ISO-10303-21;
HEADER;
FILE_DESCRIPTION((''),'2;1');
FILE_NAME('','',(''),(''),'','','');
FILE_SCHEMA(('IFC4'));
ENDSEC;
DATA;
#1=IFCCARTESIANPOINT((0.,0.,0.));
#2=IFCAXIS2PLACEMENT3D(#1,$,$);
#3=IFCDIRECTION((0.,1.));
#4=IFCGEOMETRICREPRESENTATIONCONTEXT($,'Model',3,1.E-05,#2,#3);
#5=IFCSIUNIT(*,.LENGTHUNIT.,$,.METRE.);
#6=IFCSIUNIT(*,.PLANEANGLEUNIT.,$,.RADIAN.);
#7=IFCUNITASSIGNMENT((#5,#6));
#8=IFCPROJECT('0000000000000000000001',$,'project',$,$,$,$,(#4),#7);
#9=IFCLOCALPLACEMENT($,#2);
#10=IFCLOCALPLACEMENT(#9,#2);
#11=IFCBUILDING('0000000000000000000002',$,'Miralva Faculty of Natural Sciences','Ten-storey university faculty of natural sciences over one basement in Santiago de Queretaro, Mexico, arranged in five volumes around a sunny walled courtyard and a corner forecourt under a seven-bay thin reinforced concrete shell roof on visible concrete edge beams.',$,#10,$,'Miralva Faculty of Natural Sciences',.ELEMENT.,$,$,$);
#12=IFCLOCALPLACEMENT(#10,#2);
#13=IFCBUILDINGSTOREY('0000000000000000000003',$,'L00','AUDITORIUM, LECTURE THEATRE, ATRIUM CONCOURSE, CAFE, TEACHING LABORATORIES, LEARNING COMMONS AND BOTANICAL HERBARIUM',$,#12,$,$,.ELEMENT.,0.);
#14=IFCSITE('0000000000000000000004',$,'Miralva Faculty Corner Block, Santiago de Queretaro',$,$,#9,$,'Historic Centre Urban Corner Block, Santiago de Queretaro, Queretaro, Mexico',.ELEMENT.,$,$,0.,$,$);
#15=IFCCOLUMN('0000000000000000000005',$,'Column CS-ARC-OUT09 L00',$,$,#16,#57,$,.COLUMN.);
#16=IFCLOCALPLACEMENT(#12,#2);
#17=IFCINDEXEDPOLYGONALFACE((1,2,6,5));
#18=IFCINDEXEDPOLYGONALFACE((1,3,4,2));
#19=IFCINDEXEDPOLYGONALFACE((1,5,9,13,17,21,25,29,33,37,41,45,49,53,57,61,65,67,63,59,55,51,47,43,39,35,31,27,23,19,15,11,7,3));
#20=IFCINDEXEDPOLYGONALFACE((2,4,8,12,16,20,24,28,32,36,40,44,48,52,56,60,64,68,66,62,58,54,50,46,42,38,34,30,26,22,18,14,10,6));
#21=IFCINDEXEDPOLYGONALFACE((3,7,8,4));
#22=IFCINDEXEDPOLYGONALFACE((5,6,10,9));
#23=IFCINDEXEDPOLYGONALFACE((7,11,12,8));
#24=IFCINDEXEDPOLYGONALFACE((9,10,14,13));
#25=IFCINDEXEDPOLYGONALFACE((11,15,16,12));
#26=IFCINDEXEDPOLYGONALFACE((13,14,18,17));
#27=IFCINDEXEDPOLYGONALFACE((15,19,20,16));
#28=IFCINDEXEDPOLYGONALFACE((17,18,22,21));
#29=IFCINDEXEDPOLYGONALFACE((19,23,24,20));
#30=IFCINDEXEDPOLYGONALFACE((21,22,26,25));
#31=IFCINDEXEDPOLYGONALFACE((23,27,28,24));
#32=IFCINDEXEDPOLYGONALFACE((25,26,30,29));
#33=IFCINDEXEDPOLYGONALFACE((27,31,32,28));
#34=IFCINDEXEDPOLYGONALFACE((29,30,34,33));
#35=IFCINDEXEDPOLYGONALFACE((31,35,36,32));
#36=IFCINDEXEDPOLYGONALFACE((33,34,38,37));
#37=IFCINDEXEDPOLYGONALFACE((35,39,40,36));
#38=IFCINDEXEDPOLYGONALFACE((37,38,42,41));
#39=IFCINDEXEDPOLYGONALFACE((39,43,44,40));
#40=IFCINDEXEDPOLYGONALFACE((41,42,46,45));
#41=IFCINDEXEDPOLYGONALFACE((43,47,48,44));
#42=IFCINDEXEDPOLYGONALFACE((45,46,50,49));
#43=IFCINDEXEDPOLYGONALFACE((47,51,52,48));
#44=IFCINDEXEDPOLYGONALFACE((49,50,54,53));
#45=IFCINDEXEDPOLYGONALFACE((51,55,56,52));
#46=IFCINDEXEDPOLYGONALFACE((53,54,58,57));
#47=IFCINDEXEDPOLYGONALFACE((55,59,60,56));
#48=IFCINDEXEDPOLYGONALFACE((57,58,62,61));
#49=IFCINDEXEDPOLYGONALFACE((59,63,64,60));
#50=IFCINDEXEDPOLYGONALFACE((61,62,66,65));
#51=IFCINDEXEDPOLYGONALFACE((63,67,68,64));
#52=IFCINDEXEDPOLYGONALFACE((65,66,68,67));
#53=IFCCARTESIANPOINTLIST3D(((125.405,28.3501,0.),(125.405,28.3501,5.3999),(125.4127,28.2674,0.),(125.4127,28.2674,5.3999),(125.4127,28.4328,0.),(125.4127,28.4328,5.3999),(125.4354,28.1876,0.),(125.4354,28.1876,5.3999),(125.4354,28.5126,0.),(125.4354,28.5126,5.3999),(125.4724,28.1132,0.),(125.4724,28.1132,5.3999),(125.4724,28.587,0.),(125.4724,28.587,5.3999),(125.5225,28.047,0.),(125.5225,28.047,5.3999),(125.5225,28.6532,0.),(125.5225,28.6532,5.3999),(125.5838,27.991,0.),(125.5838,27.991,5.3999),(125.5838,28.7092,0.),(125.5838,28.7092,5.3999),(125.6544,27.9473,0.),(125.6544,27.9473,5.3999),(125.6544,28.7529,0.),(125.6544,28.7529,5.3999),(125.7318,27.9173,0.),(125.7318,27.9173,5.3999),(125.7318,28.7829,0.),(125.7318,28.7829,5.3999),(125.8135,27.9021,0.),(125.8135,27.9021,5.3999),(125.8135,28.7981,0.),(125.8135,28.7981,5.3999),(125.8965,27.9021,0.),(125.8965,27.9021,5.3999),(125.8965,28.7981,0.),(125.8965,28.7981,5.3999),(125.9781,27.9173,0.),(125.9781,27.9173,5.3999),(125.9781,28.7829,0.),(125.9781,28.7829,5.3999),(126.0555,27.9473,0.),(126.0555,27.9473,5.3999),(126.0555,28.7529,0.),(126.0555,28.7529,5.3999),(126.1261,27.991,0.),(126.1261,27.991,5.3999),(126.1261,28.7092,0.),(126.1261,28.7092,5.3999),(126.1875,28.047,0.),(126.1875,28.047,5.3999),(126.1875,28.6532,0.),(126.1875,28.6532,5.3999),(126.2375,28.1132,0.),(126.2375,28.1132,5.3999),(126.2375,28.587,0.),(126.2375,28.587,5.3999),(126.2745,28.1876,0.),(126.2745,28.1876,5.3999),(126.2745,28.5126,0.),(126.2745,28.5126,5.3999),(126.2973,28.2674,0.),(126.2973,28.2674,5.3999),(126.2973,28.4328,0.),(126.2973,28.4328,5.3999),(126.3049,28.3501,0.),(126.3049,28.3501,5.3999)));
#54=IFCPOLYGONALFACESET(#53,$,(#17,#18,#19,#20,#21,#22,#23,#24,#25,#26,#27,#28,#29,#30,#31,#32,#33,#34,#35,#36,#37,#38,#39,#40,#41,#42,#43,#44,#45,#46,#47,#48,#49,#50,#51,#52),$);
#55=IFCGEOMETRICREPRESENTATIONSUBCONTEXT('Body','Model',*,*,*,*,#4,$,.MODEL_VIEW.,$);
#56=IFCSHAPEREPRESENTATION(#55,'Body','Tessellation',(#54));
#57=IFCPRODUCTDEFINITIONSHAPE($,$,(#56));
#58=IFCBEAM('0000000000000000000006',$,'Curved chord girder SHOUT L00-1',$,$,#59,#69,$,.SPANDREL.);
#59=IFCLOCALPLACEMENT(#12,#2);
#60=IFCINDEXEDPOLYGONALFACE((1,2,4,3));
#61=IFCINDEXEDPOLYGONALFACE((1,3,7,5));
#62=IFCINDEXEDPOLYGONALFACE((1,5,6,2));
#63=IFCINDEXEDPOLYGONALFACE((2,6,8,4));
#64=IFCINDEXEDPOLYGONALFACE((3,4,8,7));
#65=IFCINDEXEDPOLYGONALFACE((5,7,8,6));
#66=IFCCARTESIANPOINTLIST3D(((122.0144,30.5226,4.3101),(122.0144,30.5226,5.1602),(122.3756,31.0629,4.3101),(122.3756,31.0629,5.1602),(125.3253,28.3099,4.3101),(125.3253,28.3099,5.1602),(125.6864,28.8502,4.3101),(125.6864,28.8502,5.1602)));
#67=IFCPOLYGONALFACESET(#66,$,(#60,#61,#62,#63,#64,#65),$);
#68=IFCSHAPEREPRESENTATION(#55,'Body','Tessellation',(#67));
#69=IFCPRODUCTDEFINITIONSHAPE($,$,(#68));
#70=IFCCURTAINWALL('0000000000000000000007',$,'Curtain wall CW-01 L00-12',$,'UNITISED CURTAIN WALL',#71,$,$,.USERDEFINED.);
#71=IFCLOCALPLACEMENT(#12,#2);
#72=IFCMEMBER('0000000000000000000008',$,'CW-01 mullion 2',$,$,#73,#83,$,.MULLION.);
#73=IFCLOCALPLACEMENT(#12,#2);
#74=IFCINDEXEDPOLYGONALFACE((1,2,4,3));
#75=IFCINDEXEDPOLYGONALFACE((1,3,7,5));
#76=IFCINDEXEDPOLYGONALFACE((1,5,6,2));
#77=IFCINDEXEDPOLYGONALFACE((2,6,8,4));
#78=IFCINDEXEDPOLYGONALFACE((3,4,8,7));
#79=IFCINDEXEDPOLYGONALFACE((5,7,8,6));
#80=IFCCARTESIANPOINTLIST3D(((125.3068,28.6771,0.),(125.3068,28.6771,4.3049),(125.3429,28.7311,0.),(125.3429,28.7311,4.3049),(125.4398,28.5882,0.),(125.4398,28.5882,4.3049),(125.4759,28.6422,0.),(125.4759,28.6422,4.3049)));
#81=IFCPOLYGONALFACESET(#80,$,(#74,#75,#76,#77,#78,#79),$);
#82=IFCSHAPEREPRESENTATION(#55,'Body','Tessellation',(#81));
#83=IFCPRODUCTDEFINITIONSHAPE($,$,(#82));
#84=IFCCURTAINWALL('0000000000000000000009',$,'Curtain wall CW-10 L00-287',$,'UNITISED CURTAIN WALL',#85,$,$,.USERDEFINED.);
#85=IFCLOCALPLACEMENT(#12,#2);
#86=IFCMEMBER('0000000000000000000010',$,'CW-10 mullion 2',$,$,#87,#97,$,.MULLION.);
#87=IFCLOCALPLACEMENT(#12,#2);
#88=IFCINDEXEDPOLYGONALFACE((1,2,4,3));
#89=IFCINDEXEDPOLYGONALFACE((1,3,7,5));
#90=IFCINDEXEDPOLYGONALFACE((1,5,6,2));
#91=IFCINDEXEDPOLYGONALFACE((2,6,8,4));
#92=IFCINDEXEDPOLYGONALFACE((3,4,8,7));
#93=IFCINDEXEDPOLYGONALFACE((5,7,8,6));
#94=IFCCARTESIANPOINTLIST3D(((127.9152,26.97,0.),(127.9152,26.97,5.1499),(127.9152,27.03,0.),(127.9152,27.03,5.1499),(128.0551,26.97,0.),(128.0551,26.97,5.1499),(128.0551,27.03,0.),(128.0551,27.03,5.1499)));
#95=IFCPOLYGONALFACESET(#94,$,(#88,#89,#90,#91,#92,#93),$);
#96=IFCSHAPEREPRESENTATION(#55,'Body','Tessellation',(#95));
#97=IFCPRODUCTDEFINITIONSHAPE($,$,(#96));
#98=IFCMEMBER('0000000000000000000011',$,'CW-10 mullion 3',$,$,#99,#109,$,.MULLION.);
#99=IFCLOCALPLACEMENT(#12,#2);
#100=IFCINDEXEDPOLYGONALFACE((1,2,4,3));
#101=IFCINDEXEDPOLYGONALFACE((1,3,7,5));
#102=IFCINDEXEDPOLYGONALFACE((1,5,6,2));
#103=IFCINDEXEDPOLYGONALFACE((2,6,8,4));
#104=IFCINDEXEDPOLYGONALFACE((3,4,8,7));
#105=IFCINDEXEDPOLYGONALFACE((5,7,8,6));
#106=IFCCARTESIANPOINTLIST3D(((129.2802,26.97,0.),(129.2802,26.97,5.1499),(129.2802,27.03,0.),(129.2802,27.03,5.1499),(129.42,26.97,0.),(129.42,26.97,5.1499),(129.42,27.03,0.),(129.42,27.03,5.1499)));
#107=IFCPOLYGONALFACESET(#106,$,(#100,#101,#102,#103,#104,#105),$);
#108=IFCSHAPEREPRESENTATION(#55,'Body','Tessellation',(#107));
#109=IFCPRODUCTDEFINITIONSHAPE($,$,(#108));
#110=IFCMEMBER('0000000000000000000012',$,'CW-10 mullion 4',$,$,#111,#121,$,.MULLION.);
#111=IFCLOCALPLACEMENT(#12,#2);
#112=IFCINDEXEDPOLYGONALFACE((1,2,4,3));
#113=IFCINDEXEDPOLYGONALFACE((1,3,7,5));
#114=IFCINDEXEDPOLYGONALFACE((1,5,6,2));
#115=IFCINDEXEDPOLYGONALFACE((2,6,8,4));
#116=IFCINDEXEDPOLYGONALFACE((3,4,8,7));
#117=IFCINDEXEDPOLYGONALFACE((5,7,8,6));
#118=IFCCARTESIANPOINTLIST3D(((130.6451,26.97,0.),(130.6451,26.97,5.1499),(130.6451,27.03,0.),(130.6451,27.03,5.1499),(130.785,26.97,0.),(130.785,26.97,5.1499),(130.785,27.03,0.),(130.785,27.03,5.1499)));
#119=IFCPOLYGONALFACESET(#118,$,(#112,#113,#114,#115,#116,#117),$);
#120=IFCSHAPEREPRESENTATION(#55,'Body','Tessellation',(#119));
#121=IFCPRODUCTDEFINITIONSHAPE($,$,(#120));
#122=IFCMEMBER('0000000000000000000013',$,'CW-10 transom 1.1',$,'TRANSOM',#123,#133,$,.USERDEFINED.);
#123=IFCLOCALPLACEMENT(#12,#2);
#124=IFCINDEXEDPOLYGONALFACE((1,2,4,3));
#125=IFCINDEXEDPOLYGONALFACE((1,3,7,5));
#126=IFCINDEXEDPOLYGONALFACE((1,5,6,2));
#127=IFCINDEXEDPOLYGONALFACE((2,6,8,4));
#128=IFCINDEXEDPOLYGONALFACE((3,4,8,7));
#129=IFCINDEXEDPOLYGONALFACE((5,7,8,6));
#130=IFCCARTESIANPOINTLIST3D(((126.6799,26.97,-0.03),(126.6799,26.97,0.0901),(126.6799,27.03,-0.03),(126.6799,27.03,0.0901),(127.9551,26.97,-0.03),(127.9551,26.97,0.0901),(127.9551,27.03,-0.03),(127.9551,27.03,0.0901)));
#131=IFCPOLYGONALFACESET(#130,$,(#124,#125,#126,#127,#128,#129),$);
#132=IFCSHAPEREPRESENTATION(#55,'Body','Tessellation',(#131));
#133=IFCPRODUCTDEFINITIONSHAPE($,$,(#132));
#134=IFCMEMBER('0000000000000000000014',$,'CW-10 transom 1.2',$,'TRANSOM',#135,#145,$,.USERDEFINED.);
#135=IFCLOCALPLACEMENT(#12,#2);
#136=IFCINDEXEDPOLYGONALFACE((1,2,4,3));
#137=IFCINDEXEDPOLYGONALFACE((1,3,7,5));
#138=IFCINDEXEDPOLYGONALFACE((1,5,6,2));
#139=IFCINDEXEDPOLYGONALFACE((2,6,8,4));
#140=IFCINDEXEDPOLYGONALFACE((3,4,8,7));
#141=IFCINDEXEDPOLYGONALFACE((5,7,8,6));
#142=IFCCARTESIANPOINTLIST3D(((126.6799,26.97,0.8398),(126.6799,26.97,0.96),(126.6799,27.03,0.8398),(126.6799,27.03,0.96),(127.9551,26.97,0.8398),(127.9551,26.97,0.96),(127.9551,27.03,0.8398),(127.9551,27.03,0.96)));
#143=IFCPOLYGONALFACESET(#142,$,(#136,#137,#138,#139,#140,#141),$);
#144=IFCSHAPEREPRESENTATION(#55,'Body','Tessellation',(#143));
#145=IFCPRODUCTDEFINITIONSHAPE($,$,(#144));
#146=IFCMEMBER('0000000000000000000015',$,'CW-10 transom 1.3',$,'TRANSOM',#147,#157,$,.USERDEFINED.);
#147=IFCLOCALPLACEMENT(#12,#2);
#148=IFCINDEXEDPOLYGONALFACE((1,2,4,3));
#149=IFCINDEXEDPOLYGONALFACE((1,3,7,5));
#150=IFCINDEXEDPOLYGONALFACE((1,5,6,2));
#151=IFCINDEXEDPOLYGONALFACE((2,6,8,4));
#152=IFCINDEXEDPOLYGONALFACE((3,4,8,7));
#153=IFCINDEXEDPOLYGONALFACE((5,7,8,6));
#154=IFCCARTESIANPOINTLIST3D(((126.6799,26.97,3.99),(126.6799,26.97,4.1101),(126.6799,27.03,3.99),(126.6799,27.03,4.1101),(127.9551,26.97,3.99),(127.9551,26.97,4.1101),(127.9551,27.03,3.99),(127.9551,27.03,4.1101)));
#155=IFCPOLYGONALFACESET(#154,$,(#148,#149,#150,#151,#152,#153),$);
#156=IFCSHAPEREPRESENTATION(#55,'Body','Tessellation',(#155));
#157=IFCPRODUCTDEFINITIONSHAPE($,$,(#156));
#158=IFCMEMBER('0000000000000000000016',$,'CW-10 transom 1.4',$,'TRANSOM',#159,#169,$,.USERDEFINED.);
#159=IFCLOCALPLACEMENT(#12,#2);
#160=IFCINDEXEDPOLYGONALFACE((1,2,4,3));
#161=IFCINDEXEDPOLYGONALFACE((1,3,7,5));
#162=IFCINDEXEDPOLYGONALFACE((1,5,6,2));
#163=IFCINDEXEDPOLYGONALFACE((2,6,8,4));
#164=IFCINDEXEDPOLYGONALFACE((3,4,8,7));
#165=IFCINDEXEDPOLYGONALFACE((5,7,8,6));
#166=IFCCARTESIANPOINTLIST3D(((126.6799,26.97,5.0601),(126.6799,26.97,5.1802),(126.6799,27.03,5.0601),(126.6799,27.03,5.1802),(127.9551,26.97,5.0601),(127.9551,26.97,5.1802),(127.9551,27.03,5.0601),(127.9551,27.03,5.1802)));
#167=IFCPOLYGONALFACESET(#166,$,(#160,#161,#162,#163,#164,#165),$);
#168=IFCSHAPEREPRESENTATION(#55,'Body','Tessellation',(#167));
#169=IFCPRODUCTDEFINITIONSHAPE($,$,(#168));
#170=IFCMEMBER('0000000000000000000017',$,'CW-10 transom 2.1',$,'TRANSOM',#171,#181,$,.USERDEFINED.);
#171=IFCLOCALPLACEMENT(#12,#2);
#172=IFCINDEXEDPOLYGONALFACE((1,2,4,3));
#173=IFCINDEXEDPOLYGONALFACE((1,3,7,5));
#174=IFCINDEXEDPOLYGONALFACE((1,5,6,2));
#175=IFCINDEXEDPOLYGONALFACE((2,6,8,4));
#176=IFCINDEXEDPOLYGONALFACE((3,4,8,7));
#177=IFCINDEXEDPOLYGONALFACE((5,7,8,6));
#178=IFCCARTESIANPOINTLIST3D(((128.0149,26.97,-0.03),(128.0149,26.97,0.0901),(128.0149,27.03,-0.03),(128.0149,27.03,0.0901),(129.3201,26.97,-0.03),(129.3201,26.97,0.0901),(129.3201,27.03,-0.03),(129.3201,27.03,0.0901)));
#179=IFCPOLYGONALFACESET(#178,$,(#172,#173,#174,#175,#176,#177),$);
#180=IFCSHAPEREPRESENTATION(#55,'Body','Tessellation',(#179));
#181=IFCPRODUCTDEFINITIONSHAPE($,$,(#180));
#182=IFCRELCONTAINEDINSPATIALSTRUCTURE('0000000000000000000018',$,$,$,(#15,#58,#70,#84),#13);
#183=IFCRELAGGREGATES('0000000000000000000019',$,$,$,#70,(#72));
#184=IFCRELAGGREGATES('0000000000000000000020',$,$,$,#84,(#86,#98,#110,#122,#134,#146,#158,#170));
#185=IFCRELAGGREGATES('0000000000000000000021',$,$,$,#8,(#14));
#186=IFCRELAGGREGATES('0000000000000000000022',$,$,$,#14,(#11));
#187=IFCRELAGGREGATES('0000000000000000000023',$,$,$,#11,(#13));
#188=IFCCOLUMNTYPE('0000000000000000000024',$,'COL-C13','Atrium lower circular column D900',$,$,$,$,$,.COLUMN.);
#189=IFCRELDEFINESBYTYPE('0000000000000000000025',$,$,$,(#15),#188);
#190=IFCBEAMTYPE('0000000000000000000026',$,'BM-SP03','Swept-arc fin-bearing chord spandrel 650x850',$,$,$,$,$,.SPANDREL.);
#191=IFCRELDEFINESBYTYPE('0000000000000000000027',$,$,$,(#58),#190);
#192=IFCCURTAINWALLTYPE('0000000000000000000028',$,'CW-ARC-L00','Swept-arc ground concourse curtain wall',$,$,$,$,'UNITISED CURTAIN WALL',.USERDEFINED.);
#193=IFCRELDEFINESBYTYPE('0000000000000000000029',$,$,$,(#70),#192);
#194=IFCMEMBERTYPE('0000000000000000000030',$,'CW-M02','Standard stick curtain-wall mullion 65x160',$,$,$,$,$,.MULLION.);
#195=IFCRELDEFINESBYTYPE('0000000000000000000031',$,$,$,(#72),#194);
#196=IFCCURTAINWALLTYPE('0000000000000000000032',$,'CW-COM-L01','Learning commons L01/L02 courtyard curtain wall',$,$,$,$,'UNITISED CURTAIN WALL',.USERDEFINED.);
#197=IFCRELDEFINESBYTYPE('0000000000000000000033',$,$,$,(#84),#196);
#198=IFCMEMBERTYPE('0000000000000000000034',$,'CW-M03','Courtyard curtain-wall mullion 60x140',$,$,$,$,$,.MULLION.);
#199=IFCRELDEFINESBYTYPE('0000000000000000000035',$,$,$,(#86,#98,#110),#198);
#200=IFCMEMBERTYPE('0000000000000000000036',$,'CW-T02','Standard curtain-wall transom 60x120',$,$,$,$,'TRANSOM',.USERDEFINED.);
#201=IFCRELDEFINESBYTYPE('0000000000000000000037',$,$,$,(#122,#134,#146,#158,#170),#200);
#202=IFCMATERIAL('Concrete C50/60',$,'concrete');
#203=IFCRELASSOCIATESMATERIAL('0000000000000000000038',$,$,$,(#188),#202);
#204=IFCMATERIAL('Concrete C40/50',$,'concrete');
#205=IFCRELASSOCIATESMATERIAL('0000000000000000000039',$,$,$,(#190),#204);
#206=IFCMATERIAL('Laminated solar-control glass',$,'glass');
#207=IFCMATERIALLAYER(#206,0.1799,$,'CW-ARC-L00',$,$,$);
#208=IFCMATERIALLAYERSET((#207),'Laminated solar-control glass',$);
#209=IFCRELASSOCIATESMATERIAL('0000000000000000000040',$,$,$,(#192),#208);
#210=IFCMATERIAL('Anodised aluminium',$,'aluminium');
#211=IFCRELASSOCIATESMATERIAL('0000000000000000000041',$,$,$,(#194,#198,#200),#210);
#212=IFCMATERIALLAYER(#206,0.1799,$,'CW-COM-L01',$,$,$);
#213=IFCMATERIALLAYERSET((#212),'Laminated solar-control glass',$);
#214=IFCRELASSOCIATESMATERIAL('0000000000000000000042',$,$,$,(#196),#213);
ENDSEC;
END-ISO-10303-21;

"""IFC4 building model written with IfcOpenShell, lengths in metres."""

from ifc_helpers import new_model, si_unit, direction, frame, origin, origin_2d, place, context, subcontext, project, spatial, rectangle, circle, extrude, material, layer, layer_set, material_profile, profile_set, type_object, element, aggregate, save


model = new_model("IFC4")

# Units and contexts
model_context = context("Model", 3, precision=1e-05, world=origin(), true_north=direction((0.0, 1.0)))
body_context = subcontext(model_context, "Body", "Model", "MODEL_VIEW")
ifc_project = project(units=[si_unit("LENGTHUNIT", "METRE"), si_unit("PLANEANGLEUNIT", "RADIAN")], contexts=[model_context])

# Site, building, storey
site_placement = place(None, origin())
site = spatial("IfcSite", under=ifc_project, at=site_placement, Name="Miralva Faculty Corner Block, Santiago de Queretaro", LongName="Historic Centre Urban Corner Block, Santiago de Queretaro, Queretaro, Mexico", CompositionType="ELEMENT", RefElevation=0.0)
building_placement = place(site_placement, origin())
building = spatial("IfcBuilding", under=site, at=building_placement, Name="Miralva Faculty of Natural Sciences", Description="Ten-storey university faculty of natural sciences over one basement in Santiago de Queretaro, Mexico, arranged in five volumes around a sunny walled courtyard and a corner forecourt under a seven-bay thin reinforced concrete shell roof on visible concrete edge beams.", LongName="Miralva Faculty of Natural Sciences", CompositionType="ELEMENT")
storey_placement = place(building_placement, origin())
storey = spatial("IfcBuildingStorey", under=building, at=storey_placement, Name="L00", Description="AUDITORIUM, LECTURE THEATRE, ATRIUM CONCOURSE, CAFE, TEACHING LABORATORIES, LEARNING COMMONS AND BOTANICAL HERBARIUM", CompositionType="ELEMENT", Elevation=0.0)

# Column
ifc_material_1 = material(Name="Concrete C50/60", Category="concrete")
ifc_material_profile_1 = material_profile(ifc_material_1, circle(Radius=0.45, at=origin_2d()), Name="RC DIA 900")
ifc_profile_set_1 = profile_set([ifc_material_profile_1], Name="Concrete C50/60")
column_type = type_object("IfcColumnType", Name="COL-C13", Description="Atrium lower circular column D900", PredefinedType="COLUMN", material=ifc_profile_set_1)
column_placement = place(storey_placement, frame((125.855, 28.3501, 0.0), z_axis=(0.0, 0.0, 1.0), x_axis=(1.0, 0.0, 0.0)))
element("IfcColumn", 1, at=column_placement, inside=storey, type_object=column_type, Name="Column CS-ARC-OUT09 L00", PredefinedType="COLUMN", context=body_context, shape_type="SweptSolid", body=[
    extrude(circle(Radius=0.45, at=origin_2d()), origin(), (0.0, 0.0, 1.0), 5.3999),
])

# Beam
ifc_material_2 = material(Name="Concrete C40/50", Category="concrete")
ifc_material_profile_2 = material_profile(ifc_material_2, rectangle(XDim=0.6499, YDim=0.8501, at=origin_2d()), Name="RC 650x850")
ifc_profile_set_2 = profile_set([ifc_material_profile_2], Name="Concrete C40/50")
beam_type = type_object("IfcBeamType", Name="BM-SP03", Description="Swept-arc fin-bearing chord spandrel 650x850", PredefinedType="SPANDREL", material=ifc_profile_set_2)
beam_placement = place(storey_placement, frame((125.5059, 28.5801, 4.7351), z_axis=(-0.831418, 0.555648, 0.0), x_axis=(-0.555648, -0.831418, 0.0)))
element("IfcBeam", 2, at=beam_placement, inside=storey, type_object=beam_type, Name="Curved chord girder SHOUT L00-1", PredefinedType="SPANDREL", context=body_context, shape_type="SweptSolid", body=[
    extrude(rectangle(XDim=0.6499, YDim=0.8501, at=origin_2d()), origin(), (0.0, 0.0, 1.0), 3.9822),
])

# Curtain wall, member
ifc_material_3 = material(Name="Laminated solar-control glass", Category="glass")
ifc_layer_1 = layer(ifc_material_3, 0.1799, Name="CW-ARC-L00")
ifc_layer_set_1 = layer_set([ifc_layer_1], Name="Laminated solar-control glass")
curtain_wall_type_1 = type_object("IfcCurtainWallType", Name="CW-ARC-L00", Description="Swept-arc ground concourse curtain wall", ElementType="UNITISED CURTAIN WALL", PredefinedType="USERDEFINED", material=ifc_layer_set_1)
curtain_wall_1_placement = place(storey_placement, origin())
curtain_wall_1 = element("IfcCurtainWall", 3, at=curtain_wall_1_placement, inside=storey, type_object=curtain_wall_type_1, Name="Curtain wall CW-01 L00-12", ObjectType="UNITISED CURTAIN WALL", PredefinedType="USERDEFINED")
ifc_material_4 = material(Name="Anodised aluminium", Category="aluminium")
ifc_material_profile_3 = material_profile(ifc_material_4, rectangle(XDim=0.0649, YDim=0.1599, at=origin_2d()), Name="MULLION 65x160")
ifc_profile_set_3 = profile_set([ifc_material_profile_3], Name="Anodised aluminium")
member_type_1 = type_object("IfcMemberType", Name="CW-M02", Description="Standard stick curtain-wall mullion 65x160", PredefinedType="MULLION", material=ifc_profile_set_3)
member_1_placement = place(storey_placement, frame((125.3914, 28.6597, 0.0), z_axis=(0.0, 0.0, 1.0), x_axis=(0.555562, 0.831475, 0.0)))
member_1 = element("IfcMember", 4, at=member_1_placement, type_object=member_type_1, Name="CW-01 mullion 2", PredefinedType="MULLION", context=body_context, shape_type="SweptSolid", body=[
    extrude(rectangle(XDim=0.0649, YDim=0.1599, at=origin_2d()), origin(), (0.0, 0.0, 1.0), 4.3049),
])

# Curtain wall, members
ifc_layer_2 = layer(ifc_material_3, 0.1799, Name="CW-COM-L01")
ifc_layer_set_2 = layer_set([ifc_layer_2], Name="Laminated solar-control glass")
curtain_wall_type_2 = type_object("IfcCurtainWallType", Name="CW-COM-L01", Description="Learning commons L01/L02 courtyard curtain wall", ElementType="UNITISED CURTAIN WALL", PredefinedType="USERDEFINED", material=ifc_layer_set_2)
curtain_wall_2_placement = place(storey_placement, origin())
curtain_wall_2 = element("IfcCurtainWall", 5, at=curtain_wall_2_placement, inside=storey, type_object=curtain_wall_type_2, Name="Curtain wall CW-10 L00-287", ObjectType="UNITISED CURTAIN WALL", PredefinedType="USERDEFINED")
ifc_material_profile_4 = material_profile(ifc_material_4, rectangle(XDim=0.0601, YDim=0.1399, at=origin_2d()), Name="MULLION 60x140")
ifc_profile_set_4 = profile_set([ifc_material_profile_4], Name="Anodised aluminium")
member_type_2 = type_object("IfcMemberType", Name="CW-M03", Description="Courtyard curtain-wall mullion 60x140", PredefinedType="MULLION", material=ifc_profile_set_4)
member_2_placement = place(storey_placement, frame((127.9851, 27.0, 0.0), z_axis=(0.0, 0.0, 1.0), x_axis=(0.0, 1.0, 0.0)))
member_2 = element("IfcMember", 6, at=member_2_placement, type_object=member_type_2, Name="CW-10 mullion 2", PredefinedType="MULLION", context=body_context, shape_type="SweptSolid", body=[
    extrude(rectangle(XDim=0.0601, YDim=0.1399, at=origin_2d()), origin(), (0.0, 0.0, 1.0), 5.1499),
])
member_3_placement = place(storey_placement, frame((129.3501, 27.0, 0.0), z_axis=(0.0, 0.0, 1.0), x_axis=(0.0, 1.0, 0.0)))
member_3 = element("IfcMember", 7, at=member_3_placement, type_object=member_type_2, Name="CW-10 mullion 3", PredefinedType="MULLION", context=body_context, shape_type="SweptSolid", body=[
    extrude(rectangle(XDim=0.0601, YDim=0.1399, at=origin_2d()), origin(), (0.0, 0.0, 1.0), 5.1499),
])
member_4_placement = place(storey_placement, frame((130.7151, 27.0, 0.0), z_axis=(0.0, 0.0, 1.0), x_axis=(0.0, 1.0, 0.0)))
member_4 = element("IfcMember", 8, at=member_4_placement, type_object=member_type_2, Name="CW-10 mullion 4", PredefinedType="MULLION", context=body_context, shape_type="SweptSolid", body=[
    extrude(rectangle(XDim=0.0601, YDim=0.1399, at=origin_2d()), origin(), (0.0, 0.0, 1.0), 5.1499),
])
ifc_material_profile_5 = material_profile(ifc_material_4, rectangle(XDim=0.0601, YDim=0.1201, at=origin_2d()), Name="TRANSOM 60x120")
ifc_profile_set_5 = profile_set([ifc_material_profile_5], Name="Anodised aluminium")
member_type_3 = type_object("IfcMemberType", Name="CW-T02", Description="Standard curtain-wall transom 60x120", ElementType="TRANSOM", PredefinedType="USERDEFINED", material=ifc_profile_set_5)
member_5_placement = place(storey_placement, frame((126.6799, 27.0, 0.03), z_axis=(1.0, 0.0, 0.0), x_axis=(0.0, 1.0, 0.0)))
member_5 = element("IfcMember", 9, at=member_5_placement, type_object=member_type_3, Name="CW-10 transom 1.1", ObjectType="TRANSOM", PredefinedType="USERDEFINED", context=body_context, shape_type="SweptSolid", body=[
    extrude(rectangle(XDim=0.0601, YDim=0.1201, at=origin_2d()), origin(), (0.0, 0.0, 1.0), 1.2751),
])
member_6_placement = place(storey_placement, frame((126.6799, 27.0, 0.8999), z_axis=(1.0, 0.0, 0.0), x_axis=(0.0, 1.0, 0.0)))
member_6 = element("IfcMember", 10, at=member_6_placement, type_object=member_type_3, Name="CW-10 transom 1.2", ObjectType="TRANSOM", PredefinedType="USERDEFINED", context=body_context, shape_type="SweptSolid", body=[
    extrude(rectangle(XDim=0.0601, YDim=0.1201, at=origin_2d()), origin(), (0.0, 0.0, 1.0), 1.2751),
])
member_7_placement = place(storey_placement, frame((126.6799, 27.0, 4.05), z_axis=(1.0, 0.0, 0.0), x_axis=(0.0, 1.0, 0.0)))
member_7 = element("IfcMember", 11, at=member_7_placement, type_object=member_type_3, Name="CW-10 transom 1.3", ObjectType="TRANSOM", PredefinedType="USERDEFINED", context=body_context, shape_type="SweptSolid", body=[
    extrude(rectangle(XDim=0.0601, YDim=0.1201, at=origin_2d()), origin(), (0.0, 0.0, 1.0), 1.2751),
])
member_8_placement = place(storey_placement, frame((126.6799, 27.0, 5.1201), z_axis=(1.0, 0.0, 0.0), x_axis=(0.0, 1.0, 0.0)))
member_8 = element("IfcMember", 12, at=member_8_placement, type_object=member_type_3, Name="CW-10 transom 1.4", ObjectType="TRANSOM", PredefinedType="USERDEFINED", context=body_context, shape_type="SweptSolid", body=[
    extrude(rectangle(XDim=0.0601, YDim=0.1201, at=origin_2d()), origin(), (0.0, 0.0, 1.0), 1.2751),
])
member_9_placement = place(storey_placement, frame((128.0149, 27.0, 0.03), z_axis=(1.0, 0.0, 0.0), x_axis=(0.0, 1.0, 0.0)))
member_9 = element("IfcMember", 13, at=member_9_placement, type_object=member_type_3, Name="CW-10 transom 2.1", ObjectType="TRANSOM", PredefinedType="USERDEFINED", context=body_context, shape_type="SweptSolid", body=[
    extrude(rectangle(XDim=0.0601, YDim=0.1201, at=origin_2d()), origin(), (0.0, 0.0, 1.0), 1.3052),
])

aggregate(curtain_wall_1, [member_1])
aggregate(curtain_wall_2, [member_2, member_3, member_4, member_5, member_6, member_7, member_8, member_9])

save(model, "model.ifc")
